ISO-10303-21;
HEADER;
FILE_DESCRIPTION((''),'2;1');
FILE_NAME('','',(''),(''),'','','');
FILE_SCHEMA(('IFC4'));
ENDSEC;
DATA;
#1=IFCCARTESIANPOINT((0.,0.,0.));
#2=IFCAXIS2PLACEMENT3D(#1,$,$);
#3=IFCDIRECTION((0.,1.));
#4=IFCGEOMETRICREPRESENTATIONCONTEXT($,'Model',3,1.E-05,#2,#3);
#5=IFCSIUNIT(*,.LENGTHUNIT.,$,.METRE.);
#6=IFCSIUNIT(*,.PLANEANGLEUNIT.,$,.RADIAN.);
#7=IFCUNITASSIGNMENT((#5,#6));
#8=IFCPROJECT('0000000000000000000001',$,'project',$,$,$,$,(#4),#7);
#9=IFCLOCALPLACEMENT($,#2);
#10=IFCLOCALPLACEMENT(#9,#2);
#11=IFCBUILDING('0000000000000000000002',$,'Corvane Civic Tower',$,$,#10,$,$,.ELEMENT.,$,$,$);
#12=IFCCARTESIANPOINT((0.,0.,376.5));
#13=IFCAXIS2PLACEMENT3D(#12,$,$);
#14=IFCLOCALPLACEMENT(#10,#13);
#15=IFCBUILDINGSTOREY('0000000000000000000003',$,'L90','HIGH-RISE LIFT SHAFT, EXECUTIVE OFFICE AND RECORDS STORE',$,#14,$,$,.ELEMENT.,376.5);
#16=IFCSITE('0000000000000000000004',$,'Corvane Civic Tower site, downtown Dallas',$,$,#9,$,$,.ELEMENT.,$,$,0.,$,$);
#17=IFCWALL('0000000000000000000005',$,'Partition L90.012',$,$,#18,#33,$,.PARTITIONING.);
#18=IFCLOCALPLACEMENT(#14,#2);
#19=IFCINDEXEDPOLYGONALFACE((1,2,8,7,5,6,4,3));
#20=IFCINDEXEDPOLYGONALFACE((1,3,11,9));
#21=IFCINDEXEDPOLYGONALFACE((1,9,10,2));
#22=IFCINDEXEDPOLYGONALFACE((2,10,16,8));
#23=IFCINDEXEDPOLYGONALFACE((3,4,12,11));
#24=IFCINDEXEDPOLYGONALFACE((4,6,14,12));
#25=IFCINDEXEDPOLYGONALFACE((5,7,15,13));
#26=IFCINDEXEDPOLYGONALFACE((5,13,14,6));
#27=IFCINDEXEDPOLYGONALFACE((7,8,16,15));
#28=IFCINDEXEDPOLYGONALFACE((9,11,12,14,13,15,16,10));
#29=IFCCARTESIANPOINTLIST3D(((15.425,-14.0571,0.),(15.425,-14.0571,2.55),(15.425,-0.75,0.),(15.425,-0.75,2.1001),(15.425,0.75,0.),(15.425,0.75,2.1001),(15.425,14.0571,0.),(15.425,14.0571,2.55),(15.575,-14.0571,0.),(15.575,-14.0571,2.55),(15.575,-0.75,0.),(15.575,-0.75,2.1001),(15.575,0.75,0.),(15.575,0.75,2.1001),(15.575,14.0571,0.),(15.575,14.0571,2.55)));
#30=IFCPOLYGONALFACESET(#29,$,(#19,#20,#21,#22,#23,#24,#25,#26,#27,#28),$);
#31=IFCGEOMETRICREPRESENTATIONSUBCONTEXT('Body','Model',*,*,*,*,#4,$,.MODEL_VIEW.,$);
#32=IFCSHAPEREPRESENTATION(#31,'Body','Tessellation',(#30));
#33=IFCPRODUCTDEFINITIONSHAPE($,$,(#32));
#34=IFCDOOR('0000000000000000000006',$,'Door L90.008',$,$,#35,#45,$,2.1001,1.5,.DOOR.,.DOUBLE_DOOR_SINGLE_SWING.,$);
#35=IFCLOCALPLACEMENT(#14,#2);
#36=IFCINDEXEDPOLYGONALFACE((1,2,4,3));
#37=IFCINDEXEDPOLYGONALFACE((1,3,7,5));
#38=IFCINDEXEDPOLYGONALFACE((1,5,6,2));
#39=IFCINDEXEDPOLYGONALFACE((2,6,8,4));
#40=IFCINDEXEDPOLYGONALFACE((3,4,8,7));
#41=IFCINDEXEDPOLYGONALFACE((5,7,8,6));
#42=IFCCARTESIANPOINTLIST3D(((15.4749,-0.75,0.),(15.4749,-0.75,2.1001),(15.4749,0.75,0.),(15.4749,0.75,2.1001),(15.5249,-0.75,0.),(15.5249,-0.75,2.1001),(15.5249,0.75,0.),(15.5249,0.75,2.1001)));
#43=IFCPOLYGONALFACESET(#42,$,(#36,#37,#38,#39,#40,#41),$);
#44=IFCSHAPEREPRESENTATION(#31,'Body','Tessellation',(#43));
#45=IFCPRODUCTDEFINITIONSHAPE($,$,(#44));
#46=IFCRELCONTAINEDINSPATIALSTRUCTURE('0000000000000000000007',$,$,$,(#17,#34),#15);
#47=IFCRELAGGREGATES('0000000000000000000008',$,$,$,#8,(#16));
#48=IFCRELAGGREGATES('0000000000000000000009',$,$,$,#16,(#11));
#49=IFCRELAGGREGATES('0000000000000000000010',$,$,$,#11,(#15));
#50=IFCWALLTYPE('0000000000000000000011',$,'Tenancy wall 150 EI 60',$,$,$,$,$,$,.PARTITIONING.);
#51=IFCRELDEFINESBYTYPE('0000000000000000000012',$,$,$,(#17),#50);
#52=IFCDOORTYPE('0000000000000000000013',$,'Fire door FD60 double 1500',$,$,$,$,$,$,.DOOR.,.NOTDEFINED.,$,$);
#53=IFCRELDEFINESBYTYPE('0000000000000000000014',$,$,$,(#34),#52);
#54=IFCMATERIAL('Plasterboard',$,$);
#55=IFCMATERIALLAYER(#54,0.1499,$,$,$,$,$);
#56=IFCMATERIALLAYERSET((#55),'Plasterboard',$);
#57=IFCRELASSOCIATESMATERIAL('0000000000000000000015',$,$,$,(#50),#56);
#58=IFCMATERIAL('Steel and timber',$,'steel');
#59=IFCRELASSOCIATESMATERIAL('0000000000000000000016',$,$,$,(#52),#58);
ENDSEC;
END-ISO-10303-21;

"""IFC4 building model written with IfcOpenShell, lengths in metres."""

from ifc_helpers import new_model, si_unit, direction, frame, frame_2d, origin, place, context, subcontext, project, spatial, rectangle, extrude, material, layer, layer_set, type_object, element, fill, save


model = new_model("IFC4")

# Units and contexts
model_context = context("Model", 3, precision=1e-05, world=origin(), true_north=direction((0.0, 1.0)))
body_context = subcontext(model_context, "Body", "Model", "MODEL_VIEW")
ifc_project = project(units=[si_unit("LENGTHUNIT", "METRE"), si_unit("PLANEANGLEUNIT", "RADIAN")], contexts=[model_context])

# Site, building, storey
site_placement = place(None, origin())
site = spatial("IfcSite", under=ifc_project, at=site_placement, Name="Corvane Civic Tower site, downtown Dallas", CompositionType="ELEMENT", RefElevation=0.0)
building_placement = place(site_placement, origin())
building = spatial("IfcBuilding", under=site, at=building_placement, Name="Corvane Civic Tower", CompositionType="ELEMENT")
storey_placement = place(building_placement, frame((0.0, 0.0, 376.5)))
storey = spatial("IfcBuildingStorey", under=building, at=storey_placement, Name="L90", Description="HIGH-RISE LIFT SHAFT, EXECUTIVE OFFICE AND RECORDS STORE", CompositionType="ELEMENT", Elevation=376.5)

# Wall, opening, door
ifc_material_1 = material(Name="Plasterboard")
ifc_layer_1 = layer(ifc_material_1, 0.1499)
ifc_layer_set_1 = layer_set([ifc_layer_1], Name="Plasterboard")
wall_type_1 = type_object("IfcWallType", Name="Tenancy wall 150 EI 60", PredefinedType="PARTITIONING", material=ifc_layer_set_1)
wall_1_placement = place(storey_placement, frame((15.5, -14.0571, 0.0), z_axis=(0.0, 0.0, 1.0), x_axis=(0.0, 1.0, 0.0)))
wall_1 = element("IfcWall", 1, at=wall_1_placement, inside=storey, type_object=wall_type_1, Name="Partition L90.012", PredefinedType="PARTITIONING", context=body_context, shape_type="SweptSolid", body=[
    extrude(rectangle(XDim=28.1143, YDim=0.1499, at=frame_2d((14.0571, 0.0))), origin(), (0.0, 0.0, 1.0), 2.55),
])
opening_1_placement = place(wall_1_placement, frame((13.3071, 0.0, 0.0)))
opening_1 = element("IfcOpeningElement", 2, at=opening_1_placement, cuts=wall_1, PredefinedType="OPENING", context=body_context, shape_type="SweptSolid", body=[
    extrude(rectangle(XDim=1.5, YDim=2.1001, at=frame_2d((0.75, 1.05))), frame((0.0, 0.085, 0.0), z_axis=(0.0, -1.0, 0.0), x_axis=(1.0, 0.0, 0.0)), (0.0, 0.0, 1.0), 0.1699),
])
ifc_material_2 = material(Name="Steel and timber", Category="steel")
door_type_1 = type_object("IfcDoorType", Name="Fire door FD60 double 1500", OperationType="NOTDEFINED", PredefinedType="DOOR", material=ifc_material_2)
door_1_placement = place(opening_1_placement, frame((1.5, 0.0, 0.0), z_axis=(0.0, 0.0, 1.0), x_axis=(-1.0, 0.0, 0.0)))
door_1 = element("IfcDoor", 3, at=door_1_placement, inside=storey, type_object=door_type_1, Name="Door L90.008", OperationType="DOUBLE_DOOR_SINGLE_SWING", OverallHeight=2.1001, OverallWidth=1.5, PredefinedType="DOOR", context=body_context, shape_type="SweptSolid", body=[
    extrude(rectangle(XDim=1.5, YDim=2.1001, at=frame_2d((0.75, 1.05))), frame((0.0, 0.0249, 0.0), z_axis=(0.0, -1.0, 0.0), x_axis=(1.0, 0.0, 0.0)), (0.0, 0.0, 1.0), 0.05),
])
fill(opening_1, door_1)

save(model, "model.ifc")
